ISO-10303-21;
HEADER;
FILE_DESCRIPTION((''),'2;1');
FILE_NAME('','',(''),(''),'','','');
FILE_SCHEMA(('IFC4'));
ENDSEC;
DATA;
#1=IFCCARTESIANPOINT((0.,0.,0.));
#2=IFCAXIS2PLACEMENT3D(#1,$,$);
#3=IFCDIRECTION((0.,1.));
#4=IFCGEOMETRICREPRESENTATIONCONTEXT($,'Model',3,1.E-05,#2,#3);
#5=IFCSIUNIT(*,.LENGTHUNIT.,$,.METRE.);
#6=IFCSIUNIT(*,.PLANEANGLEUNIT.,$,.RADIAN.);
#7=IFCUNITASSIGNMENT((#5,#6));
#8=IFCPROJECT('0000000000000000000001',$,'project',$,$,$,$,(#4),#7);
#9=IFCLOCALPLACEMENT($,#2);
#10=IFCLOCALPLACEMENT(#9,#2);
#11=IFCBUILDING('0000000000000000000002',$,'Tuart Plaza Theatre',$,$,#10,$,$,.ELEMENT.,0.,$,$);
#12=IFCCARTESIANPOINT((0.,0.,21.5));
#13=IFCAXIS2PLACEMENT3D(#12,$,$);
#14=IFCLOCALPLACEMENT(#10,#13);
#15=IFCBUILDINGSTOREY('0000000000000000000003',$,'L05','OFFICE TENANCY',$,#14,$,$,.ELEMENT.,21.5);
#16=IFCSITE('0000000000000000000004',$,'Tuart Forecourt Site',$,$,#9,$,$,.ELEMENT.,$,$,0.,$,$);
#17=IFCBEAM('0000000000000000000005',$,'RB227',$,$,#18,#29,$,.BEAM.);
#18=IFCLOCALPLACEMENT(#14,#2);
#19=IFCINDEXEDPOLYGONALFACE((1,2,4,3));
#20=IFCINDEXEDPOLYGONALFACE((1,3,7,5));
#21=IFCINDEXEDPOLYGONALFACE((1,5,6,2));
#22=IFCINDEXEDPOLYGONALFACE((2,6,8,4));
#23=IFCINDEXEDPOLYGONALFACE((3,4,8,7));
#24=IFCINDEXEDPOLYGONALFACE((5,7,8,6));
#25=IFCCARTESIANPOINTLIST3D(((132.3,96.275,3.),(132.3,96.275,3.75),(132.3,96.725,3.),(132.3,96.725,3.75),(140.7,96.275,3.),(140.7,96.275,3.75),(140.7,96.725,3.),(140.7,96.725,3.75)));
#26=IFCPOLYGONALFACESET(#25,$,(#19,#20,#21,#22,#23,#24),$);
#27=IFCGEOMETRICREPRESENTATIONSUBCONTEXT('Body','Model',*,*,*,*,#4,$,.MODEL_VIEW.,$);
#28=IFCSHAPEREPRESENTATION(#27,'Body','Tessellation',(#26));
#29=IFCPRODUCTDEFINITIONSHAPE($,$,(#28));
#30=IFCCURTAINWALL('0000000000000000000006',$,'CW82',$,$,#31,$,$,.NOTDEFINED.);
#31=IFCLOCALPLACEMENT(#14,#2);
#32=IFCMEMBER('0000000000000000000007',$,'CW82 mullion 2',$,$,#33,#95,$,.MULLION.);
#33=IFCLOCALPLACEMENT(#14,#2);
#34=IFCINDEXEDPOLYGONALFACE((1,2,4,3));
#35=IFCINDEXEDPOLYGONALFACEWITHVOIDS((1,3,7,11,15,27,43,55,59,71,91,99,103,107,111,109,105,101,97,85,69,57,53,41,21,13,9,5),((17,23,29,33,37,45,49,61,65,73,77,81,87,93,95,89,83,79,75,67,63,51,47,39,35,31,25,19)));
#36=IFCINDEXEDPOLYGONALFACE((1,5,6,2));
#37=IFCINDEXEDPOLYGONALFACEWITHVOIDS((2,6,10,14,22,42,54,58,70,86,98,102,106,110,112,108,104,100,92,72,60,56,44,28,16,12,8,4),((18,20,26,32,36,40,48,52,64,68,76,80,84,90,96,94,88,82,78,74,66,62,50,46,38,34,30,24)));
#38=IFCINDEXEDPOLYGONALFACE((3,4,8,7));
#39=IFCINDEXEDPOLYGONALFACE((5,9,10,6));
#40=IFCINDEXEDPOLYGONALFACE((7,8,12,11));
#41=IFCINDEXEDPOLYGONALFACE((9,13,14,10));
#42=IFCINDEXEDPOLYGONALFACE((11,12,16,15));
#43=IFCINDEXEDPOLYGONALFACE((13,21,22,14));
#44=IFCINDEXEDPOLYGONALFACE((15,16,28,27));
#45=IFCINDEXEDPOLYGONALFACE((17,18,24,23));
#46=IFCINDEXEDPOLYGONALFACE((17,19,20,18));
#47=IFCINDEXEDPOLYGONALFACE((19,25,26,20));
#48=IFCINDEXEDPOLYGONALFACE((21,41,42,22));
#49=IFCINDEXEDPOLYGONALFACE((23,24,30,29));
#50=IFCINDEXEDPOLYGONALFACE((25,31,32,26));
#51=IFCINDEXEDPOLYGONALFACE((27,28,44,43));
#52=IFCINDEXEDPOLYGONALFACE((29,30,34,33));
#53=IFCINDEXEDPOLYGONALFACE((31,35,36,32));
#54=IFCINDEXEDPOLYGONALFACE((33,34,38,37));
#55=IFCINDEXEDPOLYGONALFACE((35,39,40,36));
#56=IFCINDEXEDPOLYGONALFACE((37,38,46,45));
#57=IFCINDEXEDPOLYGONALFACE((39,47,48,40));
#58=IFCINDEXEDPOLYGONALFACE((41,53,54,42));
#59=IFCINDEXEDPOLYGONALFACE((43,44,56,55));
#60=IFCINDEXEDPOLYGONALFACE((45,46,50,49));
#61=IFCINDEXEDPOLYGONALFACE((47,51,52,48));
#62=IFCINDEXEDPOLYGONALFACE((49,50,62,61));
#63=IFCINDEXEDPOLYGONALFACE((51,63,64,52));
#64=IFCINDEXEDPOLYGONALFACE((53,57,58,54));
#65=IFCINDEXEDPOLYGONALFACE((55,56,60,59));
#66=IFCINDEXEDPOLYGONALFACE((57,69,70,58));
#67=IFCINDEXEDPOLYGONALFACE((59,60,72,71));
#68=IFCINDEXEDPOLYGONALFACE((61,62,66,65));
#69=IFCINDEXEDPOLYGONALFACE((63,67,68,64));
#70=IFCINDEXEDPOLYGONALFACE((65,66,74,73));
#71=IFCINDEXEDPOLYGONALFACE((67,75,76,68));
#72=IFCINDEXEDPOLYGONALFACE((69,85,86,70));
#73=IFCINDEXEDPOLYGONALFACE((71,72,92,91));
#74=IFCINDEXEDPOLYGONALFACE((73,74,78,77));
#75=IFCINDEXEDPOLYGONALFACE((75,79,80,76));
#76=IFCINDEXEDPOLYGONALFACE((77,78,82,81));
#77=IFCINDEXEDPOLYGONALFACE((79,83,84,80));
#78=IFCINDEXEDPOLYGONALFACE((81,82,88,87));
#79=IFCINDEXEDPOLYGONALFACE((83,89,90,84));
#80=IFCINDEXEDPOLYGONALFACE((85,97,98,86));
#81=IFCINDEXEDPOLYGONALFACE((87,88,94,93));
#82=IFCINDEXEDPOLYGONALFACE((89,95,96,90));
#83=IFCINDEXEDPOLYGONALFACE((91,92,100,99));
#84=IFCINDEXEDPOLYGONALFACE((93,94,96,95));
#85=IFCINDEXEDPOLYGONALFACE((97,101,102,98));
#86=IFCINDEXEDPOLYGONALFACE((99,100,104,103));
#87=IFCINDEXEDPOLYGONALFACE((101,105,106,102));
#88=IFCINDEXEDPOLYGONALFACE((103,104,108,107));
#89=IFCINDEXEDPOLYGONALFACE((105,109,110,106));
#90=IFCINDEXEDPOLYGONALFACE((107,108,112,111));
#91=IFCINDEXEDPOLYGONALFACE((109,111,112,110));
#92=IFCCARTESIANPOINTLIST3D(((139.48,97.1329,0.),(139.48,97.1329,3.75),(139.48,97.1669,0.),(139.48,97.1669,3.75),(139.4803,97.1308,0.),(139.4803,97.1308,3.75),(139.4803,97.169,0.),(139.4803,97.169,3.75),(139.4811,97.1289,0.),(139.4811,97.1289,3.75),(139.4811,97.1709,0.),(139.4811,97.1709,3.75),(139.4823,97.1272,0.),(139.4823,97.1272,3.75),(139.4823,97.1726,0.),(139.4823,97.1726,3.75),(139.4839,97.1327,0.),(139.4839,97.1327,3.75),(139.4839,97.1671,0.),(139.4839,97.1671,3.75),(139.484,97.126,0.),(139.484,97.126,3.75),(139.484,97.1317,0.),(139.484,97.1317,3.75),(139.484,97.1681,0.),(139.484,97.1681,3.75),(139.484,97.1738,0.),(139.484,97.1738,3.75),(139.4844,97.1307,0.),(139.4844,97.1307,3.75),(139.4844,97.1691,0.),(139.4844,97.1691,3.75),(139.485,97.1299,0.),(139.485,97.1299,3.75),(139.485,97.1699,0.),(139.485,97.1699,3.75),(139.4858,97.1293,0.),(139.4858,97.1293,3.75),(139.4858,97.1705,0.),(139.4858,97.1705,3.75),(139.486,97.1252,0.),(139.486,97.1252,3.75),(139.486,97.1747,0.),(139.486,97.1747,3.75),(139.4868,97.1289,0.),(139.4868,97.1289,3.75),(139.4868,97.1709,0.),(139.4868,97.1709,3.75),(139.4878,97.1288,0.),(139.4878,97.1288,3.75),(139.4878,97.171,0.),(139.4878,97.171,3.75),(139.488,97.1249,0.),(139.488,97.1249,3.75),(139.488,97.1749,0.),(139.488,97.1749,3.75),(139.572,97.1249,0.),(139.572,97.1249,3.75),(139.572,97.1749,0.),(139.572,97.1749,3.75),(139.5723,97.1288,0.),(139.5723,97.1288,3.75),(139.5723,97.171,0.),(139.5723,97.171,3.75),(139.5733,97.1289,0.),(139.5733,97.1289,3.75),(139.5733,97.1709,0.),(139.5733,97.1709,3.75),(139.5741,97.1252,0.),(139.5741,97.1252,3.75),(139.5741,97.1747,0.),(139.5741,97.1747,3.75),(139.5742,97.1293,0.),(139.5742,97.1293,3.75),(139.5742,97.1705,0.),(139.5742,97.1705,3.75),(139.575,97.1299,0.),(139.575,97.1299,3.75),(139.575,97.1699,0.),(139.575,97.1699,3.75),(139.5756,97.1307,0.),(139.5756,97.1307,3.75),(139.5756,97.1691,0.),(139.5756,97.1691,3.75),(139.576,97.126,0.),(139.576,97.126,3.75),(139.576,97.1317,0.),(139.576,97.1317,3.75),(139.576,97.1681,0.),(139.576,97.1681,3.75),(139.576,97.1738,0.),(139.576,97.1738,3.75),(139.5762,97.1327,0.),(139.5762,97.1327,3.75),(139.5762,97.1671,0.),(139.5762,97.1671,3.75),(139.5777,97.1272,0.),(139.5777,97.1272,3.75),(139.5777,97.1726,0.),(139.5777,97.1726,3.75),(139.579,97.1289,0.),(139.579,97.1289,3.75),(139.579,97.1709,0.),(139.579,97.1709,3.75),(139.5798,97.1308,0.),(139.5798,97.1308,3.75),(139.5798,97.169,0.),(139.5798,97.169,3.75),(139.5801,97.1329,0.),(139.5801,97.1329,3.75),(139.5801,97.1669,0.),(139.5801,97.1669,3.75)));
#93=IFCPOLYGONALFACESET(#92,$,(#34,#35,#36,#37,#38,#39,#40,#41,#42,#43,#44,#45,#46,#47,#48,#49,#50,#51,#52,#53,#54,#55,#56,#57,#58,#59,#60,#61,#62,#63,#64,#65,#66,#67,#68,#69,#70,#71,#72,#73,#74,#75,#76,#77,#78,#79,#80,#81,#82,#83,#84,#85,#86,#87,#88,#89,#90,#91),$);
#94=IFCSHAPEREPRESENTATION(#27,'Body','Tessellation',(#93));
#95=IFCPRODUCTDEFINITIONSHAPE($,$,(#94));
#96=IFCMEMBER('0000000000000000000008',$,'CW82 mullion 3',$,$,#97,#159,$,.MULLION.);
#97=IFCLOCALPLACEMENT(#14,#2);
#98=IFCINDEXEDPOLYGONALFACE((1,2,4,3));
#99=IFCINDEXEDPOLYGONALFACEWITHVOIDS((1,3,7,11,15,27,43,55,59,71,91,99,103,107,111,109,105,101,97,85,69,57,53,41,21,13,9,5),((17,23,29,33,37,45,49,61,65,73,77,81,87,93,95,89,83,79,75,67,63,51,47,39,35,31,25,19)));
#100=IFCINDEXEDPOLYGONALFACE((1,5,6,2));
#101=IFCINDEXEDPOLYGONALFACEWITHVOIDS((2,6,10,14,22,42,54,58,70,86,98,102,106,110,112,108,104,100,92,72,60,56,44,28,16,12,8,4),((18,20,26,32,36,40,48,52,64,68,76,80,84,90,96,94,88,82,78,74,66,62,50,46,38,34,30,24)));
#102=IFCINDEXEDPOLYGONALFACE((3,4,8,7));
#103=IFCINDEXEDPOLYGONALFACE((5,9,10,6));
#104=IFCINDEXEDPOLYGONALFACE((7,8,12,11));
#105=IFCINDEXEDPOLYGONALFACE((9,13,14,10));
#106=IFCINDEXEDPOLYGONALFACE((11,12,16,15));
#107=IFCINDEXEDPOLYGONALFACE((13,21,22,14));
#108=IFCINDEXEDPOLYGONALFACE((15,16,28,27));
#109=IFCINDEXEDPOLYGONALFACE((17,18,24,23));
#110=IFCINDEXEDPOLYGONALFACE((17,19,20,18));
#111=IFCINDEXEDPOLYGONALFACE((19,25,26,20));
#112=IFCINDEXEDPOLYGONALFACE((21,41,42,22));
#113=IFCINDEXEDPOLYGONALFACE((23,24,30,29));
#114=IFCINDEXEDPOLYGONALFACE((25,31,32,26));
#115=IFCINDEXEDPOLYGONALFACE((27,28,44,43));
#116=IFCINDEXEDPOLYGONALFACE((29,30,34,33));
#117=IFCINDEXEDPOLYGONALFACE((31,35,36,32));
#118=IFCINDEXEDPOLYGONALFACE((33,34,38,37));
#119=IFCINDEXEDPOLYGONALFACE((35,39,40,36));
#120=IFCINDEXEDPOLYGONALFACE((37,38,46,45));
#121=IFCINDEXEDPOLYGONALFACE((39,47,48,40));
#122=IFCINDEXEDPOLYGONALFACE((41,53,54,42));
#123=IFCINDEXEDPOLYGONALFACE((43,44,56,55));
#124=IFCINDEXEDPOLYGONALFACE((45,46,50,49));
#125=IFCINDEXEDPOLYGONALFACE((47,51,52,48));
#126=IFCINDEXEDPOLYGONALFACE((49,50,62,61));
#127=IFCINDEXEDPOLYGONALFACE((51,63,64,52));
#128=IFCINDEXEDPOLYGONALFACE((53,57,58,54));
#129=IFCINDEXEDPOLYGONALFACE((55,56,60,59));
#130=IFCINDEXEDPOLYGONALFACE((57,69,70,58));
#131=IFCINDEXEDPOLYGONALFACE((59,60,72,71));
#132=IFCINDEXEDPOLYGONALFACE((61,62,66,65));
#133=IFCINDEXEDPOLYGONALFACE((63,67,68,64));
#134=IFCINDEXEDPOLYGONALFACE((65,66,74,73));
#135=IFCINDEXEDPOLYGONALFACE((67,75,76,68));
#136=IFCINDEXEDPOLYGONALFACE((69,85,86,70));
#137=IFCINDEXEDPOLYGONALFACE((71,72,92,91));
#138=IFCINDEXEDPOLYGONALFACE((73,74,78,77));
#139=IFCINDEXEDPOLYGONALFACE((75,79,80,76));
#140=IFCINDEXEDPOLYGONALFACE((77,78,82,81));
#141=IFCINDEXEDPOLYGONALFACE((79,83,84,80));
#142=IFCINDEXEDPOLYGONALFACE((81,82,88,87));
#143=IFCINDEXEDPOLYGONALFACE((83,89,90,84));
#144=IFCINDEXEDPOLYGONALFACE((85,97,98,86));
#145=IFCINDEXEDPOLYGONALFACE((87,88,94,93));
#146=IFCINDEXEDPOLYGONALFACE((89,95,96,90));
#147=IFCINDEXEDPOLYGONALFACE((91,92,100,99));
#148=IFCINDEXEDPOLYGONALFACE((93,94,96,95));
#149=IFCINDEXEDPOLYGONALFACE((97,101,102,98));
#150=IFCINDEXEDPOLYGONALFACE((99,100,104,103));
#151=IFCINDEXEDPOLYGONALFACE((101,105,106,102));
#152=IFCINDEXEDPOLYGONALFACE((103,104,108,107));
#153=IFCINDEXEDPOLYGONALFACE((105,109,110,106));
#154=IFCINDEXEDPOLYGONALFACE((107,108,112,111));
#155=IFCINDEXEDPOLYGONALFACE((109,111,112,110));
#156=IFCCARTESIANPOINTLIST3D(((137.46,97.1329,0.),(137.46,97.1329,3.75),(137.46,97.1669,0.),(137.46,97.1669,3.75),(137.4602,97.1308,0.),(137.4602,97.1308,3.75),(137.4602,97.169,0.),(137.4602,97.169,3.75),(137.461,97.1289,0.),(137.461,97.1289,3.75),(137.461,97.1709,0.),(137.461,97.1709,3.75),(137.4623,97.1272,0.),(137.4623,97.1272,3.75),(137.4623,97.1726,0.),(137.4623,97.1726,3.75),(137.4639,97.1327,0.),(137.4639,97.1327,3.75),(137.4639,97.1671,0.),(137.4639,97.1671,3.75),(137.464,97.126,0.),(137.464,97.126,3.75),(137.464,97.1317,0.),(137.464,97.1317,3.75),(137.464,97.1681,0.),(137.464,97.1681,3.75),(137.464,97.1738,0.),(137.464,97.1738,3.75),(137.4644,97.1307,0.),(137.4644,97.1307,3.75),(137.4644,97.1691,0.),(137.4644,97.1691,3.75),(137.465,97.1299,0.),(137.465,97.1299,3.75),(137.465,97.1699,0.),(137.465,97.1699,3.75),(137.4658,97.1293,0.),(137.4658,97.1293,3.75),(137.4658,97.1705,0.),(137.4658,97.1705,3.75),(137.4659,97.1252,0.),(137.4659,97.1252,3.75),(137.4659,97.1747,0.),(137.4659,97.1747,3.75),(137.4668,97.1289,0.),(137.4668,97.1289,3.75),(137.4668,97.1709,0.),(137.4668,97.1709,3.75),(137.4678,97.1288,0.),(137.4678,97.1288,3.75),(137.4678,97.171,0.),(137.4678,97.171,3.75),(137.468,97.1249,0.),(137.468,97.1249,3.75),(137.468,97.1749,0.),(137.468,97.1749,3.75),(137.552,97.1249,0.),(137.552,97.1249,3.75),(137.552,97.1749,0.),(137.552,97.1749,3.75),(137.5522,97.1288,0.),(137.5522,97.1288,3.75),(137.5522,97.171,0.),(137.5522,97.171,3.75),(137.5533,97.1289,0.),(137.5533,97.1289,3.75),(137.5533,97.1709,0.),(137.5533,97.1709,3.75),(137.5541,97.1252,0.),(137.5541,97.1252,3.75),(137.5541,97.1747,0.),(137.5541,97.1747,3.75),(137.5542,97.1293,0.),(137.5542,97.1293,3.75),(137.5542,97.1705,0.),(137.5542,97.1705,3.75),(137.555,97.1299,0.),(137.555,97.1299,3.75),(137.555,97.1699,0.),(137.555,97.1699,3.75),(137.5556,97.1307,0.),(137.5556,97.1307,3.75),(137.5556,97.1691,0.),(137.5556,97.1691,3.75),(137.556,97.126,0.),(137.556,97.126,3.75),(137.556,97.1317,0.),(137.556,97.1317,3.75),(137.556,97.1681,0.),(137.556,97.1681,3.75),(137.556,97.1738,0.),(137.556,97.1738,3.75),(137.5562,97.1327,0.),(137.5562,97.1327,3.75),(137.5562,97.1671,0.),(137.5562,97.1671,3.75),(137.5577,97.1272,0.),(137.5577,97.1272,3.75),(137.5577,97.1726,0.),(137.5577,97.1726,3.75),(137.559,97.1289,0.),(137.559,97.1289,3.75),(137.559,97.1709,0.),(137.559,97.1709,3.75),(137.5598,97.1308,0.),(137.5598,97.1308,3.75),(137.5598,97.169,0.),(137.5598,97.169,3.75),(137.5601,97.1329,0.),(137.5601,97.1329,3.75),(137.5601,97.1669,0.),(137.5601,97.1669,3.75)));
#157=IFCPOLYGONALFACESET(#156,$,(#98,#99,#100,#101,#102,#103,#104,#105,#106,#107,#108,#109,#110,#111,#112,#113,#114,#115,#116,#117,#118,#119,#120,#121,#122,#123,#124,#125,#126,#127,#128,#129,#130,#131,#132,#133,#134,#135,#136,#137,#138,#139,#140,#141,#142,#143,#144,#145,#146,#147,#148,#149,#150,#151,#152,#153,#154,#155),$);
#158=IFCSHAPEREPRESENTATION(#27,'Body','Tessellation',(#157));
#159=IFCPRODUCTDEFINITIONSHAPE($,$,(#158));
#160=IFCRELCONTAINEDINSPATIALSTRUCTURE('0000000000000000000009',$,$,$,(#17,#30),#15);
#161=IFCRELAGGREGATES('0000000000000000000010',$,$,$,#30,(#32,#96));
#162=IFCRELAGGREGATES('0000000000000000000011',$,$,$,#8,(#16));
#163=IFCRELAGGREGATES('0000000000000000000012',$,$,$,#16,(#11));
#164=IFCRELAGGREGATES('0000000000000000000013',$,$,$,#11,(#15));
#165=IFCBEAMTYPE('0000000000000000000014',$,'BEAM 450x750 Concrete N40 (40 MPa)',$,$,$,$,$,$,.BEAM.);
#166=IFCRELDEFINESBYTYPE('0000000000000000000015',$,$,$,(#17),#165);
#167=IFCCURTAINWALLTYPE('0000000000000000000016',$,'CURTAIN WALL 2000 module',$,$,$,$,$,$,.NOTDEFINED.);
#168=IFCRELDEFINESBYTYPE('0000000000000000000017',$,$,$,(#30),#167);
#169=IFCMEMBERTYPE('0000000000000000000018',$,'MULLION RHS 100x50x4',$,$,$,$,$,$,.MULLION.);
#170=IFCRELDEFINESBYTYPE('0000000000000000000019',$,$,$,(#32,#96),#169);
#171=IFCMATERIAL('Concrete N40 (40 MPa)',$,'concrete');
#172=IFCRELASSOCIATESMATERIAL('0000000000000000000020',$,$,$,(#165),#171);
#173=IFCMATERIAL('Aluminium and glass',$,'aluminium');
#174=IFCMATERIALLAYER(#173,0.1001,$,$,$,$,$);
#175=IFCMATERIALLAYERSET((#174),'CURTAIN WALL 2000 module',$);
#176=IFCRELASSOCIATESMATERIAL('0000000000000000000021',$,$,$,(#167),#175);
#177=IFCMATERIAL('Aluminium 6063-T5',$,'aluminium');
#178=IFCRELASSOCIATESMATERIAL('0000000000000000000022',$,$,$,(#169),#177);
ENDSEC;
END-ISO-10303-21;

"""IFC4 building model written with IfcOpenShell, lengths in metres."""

from ifc_helpers import new_model, si_unit, direction, frame, origin, origin_2d, place, context, subcontext, project, spatial, rectangle, hollow_rectangle, extrude, material, layer, layer_set, material_profile, profile_set, type_object, element, aggregate, save


model = new_model("IFC4")

# Units and contexts
model_context = context("Model", 3, precision=1e-05, world=origin(), true_north=direction((0.0, 1.0)))
body_context = subcontext(model_context, "Body", "Model", "MODEL_VIEW")
ifc_project = project(units=[si_unit("LENGTHUNIT", "METRE"), si_unit("PLANEANGLEUNIT", "RADIAN")], contexts=[model_context])

# Site, building, storey
site_placement = place(None, origin())
site = spatial("IfcSite", under=ifc_project, at=site_placement, Name="Tuart Forecourt Site", CompositionType="ELEMENT", RefElevation=0.0)
building_placement = place(site_placement, origin())
building = spatial("IfcBuilding", under=site, at=building_placement, Name="Tuart Plaza Theatre", CompositionType="ELEMENT", ElevationOfRefHeight=0.0)
storey_placement = place(building_placement, frame((0.0, 0.0, 21.5)))
storey = spatial("IfcBuildingStorey", under=building, at=storey_placement, Name="L05", Description="OFFICE TENANCY", CompositionType="ELEMENT", Elevation=21.5)

# Beam
ifc_material_1 = material(Name="Concrete N40 (40 MPa)", Category="concrete")
ifc_material_profile_1 = material_profile(ifc_material_1, rectangle(XDim=0.45, YDim=0.75, at=origin_2d()), Name="BEAM 450x750 Concrete N40 (40 MPa)")
ifc_profile_set_1 = profile_set([ifc_material_profile_1], Name="Concrete N40 (40 MPa)")
beam_type = type_object("IfcBeamType", Name="BEAM 450x750 Concrete N40 (40 MPa)", PredefinedType="BEAM", material=ifc_profile_set_1)
beam_placement = place(storey_placement, frame((132.3, 96.5, 3.375), z_axis=(1.0, 0.0, 0.0), x_axis=(0.0, 1.0, 0.0)))
element("IfcBeam", 1, at=beam_placement, inside=storey, type_object=beam_type, Name="RB227", PredefinedType="BEAM", context=body_context, shape_type="SweptSolid", body=[
    extrude(rectangle(XDim=0.45, YDim=0.75, at=origin_2d()), origin(), (0.0, 0.0, 1.0), 8.3999),
])

# Curtain wall, members
ifc_material_2 = material(Name="Aluminium and glass", Category="aluminium")
ifc_layer_1 = layer(ifc_material_2, 0.1001)
ifc_layer_set_1 = layer_set([ifc_layer_1], Name="CURTAIN WALL 2000 module")
curtain_wall_type = type_object("IfcCurtainWallType", Name="CURTAIN WALL 2000 module", PredefinedType="NOTDEFINED", material=ifc_layer_set_1)
curtain_wall_1_placement = place(storey_placement, origin())
curtain_wall_1 = element("IfcCurtainWall", 2, at=curtain_wall_1_placement, inside=storey, type_object=curtain_wall_type, Name="CW82", PredefinedType="NOTDEFINED")
ifc_material_3 = material(Name="Aluminium 6063-T5", Category="aluminium")
ifc_material_profile_2 = material_profile(ifc_material_3, hollow_rectangle(XDim=0.05, YDim=0.1001, WallThickness=0.0039, InnerFilletRadius=0.0039, OuterFilletRadius=0.0081, at=origin_2d()), Name="RHS 100x50x4")
ifc_profile_set_2 = profile_set([ifc_material_profile_2], Name="Aluminium 6063-T5")
member_type_1 = type_object("IfcMemberType", Name="MULLION RHS 100x50x4", PredefinedType="MULLION", material=ifc_profile_set_2)
member_1_placement = place(storey_placement, frame((139.53, 97.1499, 0.0), z_axis=(0.0, 0.0, 1.0), x_axis=(0.0, -1.0, 0.0)))
member_1 = element("IfcMember", 3, at=member_1_placement, type_object=member_type_1, Name="CW82 mullion 2", PredefinedType="MULLION", context=body_context, shape_type="SweptSolid", body=[
    extrude(hollow_rectangle(XDim=0.05, YDim=0.1001, WallThickness=0.0039, InnerFilletRadius=0.0039, OuterFilletRadius=0.0081, at=origin_2d()), origin(), (0.0, 0.0, 1.0), 3.75),
])
member_2_placement = place(storey_placement, frame((137.51, 97.1499, 0.0), z_axis=(0.0, 0.0, 1.0), x_axis=(0.0, -1.0, 0.0)))
member_2 = element("IfcMember", 4, at=member_2_placement, type_object=member_type_1, Name="CW82 mullion 3", PredefinedType="MULLION", context=body_context, shape_type="SweptSolid", body=[
    extrude(hollow_rectangle(XDim=0.05, YDim=0.1001, WallThickness=0.0039, InnerFilletRadius=0.0039, OuterFilletRadius=0.0081, at=origin_2d()), origin(), (0.0, 0.0, 1.0), 3.75),
])

aggregate(curtain_wall_1, [member_1, member_2])

save(model, "model.ifc")
